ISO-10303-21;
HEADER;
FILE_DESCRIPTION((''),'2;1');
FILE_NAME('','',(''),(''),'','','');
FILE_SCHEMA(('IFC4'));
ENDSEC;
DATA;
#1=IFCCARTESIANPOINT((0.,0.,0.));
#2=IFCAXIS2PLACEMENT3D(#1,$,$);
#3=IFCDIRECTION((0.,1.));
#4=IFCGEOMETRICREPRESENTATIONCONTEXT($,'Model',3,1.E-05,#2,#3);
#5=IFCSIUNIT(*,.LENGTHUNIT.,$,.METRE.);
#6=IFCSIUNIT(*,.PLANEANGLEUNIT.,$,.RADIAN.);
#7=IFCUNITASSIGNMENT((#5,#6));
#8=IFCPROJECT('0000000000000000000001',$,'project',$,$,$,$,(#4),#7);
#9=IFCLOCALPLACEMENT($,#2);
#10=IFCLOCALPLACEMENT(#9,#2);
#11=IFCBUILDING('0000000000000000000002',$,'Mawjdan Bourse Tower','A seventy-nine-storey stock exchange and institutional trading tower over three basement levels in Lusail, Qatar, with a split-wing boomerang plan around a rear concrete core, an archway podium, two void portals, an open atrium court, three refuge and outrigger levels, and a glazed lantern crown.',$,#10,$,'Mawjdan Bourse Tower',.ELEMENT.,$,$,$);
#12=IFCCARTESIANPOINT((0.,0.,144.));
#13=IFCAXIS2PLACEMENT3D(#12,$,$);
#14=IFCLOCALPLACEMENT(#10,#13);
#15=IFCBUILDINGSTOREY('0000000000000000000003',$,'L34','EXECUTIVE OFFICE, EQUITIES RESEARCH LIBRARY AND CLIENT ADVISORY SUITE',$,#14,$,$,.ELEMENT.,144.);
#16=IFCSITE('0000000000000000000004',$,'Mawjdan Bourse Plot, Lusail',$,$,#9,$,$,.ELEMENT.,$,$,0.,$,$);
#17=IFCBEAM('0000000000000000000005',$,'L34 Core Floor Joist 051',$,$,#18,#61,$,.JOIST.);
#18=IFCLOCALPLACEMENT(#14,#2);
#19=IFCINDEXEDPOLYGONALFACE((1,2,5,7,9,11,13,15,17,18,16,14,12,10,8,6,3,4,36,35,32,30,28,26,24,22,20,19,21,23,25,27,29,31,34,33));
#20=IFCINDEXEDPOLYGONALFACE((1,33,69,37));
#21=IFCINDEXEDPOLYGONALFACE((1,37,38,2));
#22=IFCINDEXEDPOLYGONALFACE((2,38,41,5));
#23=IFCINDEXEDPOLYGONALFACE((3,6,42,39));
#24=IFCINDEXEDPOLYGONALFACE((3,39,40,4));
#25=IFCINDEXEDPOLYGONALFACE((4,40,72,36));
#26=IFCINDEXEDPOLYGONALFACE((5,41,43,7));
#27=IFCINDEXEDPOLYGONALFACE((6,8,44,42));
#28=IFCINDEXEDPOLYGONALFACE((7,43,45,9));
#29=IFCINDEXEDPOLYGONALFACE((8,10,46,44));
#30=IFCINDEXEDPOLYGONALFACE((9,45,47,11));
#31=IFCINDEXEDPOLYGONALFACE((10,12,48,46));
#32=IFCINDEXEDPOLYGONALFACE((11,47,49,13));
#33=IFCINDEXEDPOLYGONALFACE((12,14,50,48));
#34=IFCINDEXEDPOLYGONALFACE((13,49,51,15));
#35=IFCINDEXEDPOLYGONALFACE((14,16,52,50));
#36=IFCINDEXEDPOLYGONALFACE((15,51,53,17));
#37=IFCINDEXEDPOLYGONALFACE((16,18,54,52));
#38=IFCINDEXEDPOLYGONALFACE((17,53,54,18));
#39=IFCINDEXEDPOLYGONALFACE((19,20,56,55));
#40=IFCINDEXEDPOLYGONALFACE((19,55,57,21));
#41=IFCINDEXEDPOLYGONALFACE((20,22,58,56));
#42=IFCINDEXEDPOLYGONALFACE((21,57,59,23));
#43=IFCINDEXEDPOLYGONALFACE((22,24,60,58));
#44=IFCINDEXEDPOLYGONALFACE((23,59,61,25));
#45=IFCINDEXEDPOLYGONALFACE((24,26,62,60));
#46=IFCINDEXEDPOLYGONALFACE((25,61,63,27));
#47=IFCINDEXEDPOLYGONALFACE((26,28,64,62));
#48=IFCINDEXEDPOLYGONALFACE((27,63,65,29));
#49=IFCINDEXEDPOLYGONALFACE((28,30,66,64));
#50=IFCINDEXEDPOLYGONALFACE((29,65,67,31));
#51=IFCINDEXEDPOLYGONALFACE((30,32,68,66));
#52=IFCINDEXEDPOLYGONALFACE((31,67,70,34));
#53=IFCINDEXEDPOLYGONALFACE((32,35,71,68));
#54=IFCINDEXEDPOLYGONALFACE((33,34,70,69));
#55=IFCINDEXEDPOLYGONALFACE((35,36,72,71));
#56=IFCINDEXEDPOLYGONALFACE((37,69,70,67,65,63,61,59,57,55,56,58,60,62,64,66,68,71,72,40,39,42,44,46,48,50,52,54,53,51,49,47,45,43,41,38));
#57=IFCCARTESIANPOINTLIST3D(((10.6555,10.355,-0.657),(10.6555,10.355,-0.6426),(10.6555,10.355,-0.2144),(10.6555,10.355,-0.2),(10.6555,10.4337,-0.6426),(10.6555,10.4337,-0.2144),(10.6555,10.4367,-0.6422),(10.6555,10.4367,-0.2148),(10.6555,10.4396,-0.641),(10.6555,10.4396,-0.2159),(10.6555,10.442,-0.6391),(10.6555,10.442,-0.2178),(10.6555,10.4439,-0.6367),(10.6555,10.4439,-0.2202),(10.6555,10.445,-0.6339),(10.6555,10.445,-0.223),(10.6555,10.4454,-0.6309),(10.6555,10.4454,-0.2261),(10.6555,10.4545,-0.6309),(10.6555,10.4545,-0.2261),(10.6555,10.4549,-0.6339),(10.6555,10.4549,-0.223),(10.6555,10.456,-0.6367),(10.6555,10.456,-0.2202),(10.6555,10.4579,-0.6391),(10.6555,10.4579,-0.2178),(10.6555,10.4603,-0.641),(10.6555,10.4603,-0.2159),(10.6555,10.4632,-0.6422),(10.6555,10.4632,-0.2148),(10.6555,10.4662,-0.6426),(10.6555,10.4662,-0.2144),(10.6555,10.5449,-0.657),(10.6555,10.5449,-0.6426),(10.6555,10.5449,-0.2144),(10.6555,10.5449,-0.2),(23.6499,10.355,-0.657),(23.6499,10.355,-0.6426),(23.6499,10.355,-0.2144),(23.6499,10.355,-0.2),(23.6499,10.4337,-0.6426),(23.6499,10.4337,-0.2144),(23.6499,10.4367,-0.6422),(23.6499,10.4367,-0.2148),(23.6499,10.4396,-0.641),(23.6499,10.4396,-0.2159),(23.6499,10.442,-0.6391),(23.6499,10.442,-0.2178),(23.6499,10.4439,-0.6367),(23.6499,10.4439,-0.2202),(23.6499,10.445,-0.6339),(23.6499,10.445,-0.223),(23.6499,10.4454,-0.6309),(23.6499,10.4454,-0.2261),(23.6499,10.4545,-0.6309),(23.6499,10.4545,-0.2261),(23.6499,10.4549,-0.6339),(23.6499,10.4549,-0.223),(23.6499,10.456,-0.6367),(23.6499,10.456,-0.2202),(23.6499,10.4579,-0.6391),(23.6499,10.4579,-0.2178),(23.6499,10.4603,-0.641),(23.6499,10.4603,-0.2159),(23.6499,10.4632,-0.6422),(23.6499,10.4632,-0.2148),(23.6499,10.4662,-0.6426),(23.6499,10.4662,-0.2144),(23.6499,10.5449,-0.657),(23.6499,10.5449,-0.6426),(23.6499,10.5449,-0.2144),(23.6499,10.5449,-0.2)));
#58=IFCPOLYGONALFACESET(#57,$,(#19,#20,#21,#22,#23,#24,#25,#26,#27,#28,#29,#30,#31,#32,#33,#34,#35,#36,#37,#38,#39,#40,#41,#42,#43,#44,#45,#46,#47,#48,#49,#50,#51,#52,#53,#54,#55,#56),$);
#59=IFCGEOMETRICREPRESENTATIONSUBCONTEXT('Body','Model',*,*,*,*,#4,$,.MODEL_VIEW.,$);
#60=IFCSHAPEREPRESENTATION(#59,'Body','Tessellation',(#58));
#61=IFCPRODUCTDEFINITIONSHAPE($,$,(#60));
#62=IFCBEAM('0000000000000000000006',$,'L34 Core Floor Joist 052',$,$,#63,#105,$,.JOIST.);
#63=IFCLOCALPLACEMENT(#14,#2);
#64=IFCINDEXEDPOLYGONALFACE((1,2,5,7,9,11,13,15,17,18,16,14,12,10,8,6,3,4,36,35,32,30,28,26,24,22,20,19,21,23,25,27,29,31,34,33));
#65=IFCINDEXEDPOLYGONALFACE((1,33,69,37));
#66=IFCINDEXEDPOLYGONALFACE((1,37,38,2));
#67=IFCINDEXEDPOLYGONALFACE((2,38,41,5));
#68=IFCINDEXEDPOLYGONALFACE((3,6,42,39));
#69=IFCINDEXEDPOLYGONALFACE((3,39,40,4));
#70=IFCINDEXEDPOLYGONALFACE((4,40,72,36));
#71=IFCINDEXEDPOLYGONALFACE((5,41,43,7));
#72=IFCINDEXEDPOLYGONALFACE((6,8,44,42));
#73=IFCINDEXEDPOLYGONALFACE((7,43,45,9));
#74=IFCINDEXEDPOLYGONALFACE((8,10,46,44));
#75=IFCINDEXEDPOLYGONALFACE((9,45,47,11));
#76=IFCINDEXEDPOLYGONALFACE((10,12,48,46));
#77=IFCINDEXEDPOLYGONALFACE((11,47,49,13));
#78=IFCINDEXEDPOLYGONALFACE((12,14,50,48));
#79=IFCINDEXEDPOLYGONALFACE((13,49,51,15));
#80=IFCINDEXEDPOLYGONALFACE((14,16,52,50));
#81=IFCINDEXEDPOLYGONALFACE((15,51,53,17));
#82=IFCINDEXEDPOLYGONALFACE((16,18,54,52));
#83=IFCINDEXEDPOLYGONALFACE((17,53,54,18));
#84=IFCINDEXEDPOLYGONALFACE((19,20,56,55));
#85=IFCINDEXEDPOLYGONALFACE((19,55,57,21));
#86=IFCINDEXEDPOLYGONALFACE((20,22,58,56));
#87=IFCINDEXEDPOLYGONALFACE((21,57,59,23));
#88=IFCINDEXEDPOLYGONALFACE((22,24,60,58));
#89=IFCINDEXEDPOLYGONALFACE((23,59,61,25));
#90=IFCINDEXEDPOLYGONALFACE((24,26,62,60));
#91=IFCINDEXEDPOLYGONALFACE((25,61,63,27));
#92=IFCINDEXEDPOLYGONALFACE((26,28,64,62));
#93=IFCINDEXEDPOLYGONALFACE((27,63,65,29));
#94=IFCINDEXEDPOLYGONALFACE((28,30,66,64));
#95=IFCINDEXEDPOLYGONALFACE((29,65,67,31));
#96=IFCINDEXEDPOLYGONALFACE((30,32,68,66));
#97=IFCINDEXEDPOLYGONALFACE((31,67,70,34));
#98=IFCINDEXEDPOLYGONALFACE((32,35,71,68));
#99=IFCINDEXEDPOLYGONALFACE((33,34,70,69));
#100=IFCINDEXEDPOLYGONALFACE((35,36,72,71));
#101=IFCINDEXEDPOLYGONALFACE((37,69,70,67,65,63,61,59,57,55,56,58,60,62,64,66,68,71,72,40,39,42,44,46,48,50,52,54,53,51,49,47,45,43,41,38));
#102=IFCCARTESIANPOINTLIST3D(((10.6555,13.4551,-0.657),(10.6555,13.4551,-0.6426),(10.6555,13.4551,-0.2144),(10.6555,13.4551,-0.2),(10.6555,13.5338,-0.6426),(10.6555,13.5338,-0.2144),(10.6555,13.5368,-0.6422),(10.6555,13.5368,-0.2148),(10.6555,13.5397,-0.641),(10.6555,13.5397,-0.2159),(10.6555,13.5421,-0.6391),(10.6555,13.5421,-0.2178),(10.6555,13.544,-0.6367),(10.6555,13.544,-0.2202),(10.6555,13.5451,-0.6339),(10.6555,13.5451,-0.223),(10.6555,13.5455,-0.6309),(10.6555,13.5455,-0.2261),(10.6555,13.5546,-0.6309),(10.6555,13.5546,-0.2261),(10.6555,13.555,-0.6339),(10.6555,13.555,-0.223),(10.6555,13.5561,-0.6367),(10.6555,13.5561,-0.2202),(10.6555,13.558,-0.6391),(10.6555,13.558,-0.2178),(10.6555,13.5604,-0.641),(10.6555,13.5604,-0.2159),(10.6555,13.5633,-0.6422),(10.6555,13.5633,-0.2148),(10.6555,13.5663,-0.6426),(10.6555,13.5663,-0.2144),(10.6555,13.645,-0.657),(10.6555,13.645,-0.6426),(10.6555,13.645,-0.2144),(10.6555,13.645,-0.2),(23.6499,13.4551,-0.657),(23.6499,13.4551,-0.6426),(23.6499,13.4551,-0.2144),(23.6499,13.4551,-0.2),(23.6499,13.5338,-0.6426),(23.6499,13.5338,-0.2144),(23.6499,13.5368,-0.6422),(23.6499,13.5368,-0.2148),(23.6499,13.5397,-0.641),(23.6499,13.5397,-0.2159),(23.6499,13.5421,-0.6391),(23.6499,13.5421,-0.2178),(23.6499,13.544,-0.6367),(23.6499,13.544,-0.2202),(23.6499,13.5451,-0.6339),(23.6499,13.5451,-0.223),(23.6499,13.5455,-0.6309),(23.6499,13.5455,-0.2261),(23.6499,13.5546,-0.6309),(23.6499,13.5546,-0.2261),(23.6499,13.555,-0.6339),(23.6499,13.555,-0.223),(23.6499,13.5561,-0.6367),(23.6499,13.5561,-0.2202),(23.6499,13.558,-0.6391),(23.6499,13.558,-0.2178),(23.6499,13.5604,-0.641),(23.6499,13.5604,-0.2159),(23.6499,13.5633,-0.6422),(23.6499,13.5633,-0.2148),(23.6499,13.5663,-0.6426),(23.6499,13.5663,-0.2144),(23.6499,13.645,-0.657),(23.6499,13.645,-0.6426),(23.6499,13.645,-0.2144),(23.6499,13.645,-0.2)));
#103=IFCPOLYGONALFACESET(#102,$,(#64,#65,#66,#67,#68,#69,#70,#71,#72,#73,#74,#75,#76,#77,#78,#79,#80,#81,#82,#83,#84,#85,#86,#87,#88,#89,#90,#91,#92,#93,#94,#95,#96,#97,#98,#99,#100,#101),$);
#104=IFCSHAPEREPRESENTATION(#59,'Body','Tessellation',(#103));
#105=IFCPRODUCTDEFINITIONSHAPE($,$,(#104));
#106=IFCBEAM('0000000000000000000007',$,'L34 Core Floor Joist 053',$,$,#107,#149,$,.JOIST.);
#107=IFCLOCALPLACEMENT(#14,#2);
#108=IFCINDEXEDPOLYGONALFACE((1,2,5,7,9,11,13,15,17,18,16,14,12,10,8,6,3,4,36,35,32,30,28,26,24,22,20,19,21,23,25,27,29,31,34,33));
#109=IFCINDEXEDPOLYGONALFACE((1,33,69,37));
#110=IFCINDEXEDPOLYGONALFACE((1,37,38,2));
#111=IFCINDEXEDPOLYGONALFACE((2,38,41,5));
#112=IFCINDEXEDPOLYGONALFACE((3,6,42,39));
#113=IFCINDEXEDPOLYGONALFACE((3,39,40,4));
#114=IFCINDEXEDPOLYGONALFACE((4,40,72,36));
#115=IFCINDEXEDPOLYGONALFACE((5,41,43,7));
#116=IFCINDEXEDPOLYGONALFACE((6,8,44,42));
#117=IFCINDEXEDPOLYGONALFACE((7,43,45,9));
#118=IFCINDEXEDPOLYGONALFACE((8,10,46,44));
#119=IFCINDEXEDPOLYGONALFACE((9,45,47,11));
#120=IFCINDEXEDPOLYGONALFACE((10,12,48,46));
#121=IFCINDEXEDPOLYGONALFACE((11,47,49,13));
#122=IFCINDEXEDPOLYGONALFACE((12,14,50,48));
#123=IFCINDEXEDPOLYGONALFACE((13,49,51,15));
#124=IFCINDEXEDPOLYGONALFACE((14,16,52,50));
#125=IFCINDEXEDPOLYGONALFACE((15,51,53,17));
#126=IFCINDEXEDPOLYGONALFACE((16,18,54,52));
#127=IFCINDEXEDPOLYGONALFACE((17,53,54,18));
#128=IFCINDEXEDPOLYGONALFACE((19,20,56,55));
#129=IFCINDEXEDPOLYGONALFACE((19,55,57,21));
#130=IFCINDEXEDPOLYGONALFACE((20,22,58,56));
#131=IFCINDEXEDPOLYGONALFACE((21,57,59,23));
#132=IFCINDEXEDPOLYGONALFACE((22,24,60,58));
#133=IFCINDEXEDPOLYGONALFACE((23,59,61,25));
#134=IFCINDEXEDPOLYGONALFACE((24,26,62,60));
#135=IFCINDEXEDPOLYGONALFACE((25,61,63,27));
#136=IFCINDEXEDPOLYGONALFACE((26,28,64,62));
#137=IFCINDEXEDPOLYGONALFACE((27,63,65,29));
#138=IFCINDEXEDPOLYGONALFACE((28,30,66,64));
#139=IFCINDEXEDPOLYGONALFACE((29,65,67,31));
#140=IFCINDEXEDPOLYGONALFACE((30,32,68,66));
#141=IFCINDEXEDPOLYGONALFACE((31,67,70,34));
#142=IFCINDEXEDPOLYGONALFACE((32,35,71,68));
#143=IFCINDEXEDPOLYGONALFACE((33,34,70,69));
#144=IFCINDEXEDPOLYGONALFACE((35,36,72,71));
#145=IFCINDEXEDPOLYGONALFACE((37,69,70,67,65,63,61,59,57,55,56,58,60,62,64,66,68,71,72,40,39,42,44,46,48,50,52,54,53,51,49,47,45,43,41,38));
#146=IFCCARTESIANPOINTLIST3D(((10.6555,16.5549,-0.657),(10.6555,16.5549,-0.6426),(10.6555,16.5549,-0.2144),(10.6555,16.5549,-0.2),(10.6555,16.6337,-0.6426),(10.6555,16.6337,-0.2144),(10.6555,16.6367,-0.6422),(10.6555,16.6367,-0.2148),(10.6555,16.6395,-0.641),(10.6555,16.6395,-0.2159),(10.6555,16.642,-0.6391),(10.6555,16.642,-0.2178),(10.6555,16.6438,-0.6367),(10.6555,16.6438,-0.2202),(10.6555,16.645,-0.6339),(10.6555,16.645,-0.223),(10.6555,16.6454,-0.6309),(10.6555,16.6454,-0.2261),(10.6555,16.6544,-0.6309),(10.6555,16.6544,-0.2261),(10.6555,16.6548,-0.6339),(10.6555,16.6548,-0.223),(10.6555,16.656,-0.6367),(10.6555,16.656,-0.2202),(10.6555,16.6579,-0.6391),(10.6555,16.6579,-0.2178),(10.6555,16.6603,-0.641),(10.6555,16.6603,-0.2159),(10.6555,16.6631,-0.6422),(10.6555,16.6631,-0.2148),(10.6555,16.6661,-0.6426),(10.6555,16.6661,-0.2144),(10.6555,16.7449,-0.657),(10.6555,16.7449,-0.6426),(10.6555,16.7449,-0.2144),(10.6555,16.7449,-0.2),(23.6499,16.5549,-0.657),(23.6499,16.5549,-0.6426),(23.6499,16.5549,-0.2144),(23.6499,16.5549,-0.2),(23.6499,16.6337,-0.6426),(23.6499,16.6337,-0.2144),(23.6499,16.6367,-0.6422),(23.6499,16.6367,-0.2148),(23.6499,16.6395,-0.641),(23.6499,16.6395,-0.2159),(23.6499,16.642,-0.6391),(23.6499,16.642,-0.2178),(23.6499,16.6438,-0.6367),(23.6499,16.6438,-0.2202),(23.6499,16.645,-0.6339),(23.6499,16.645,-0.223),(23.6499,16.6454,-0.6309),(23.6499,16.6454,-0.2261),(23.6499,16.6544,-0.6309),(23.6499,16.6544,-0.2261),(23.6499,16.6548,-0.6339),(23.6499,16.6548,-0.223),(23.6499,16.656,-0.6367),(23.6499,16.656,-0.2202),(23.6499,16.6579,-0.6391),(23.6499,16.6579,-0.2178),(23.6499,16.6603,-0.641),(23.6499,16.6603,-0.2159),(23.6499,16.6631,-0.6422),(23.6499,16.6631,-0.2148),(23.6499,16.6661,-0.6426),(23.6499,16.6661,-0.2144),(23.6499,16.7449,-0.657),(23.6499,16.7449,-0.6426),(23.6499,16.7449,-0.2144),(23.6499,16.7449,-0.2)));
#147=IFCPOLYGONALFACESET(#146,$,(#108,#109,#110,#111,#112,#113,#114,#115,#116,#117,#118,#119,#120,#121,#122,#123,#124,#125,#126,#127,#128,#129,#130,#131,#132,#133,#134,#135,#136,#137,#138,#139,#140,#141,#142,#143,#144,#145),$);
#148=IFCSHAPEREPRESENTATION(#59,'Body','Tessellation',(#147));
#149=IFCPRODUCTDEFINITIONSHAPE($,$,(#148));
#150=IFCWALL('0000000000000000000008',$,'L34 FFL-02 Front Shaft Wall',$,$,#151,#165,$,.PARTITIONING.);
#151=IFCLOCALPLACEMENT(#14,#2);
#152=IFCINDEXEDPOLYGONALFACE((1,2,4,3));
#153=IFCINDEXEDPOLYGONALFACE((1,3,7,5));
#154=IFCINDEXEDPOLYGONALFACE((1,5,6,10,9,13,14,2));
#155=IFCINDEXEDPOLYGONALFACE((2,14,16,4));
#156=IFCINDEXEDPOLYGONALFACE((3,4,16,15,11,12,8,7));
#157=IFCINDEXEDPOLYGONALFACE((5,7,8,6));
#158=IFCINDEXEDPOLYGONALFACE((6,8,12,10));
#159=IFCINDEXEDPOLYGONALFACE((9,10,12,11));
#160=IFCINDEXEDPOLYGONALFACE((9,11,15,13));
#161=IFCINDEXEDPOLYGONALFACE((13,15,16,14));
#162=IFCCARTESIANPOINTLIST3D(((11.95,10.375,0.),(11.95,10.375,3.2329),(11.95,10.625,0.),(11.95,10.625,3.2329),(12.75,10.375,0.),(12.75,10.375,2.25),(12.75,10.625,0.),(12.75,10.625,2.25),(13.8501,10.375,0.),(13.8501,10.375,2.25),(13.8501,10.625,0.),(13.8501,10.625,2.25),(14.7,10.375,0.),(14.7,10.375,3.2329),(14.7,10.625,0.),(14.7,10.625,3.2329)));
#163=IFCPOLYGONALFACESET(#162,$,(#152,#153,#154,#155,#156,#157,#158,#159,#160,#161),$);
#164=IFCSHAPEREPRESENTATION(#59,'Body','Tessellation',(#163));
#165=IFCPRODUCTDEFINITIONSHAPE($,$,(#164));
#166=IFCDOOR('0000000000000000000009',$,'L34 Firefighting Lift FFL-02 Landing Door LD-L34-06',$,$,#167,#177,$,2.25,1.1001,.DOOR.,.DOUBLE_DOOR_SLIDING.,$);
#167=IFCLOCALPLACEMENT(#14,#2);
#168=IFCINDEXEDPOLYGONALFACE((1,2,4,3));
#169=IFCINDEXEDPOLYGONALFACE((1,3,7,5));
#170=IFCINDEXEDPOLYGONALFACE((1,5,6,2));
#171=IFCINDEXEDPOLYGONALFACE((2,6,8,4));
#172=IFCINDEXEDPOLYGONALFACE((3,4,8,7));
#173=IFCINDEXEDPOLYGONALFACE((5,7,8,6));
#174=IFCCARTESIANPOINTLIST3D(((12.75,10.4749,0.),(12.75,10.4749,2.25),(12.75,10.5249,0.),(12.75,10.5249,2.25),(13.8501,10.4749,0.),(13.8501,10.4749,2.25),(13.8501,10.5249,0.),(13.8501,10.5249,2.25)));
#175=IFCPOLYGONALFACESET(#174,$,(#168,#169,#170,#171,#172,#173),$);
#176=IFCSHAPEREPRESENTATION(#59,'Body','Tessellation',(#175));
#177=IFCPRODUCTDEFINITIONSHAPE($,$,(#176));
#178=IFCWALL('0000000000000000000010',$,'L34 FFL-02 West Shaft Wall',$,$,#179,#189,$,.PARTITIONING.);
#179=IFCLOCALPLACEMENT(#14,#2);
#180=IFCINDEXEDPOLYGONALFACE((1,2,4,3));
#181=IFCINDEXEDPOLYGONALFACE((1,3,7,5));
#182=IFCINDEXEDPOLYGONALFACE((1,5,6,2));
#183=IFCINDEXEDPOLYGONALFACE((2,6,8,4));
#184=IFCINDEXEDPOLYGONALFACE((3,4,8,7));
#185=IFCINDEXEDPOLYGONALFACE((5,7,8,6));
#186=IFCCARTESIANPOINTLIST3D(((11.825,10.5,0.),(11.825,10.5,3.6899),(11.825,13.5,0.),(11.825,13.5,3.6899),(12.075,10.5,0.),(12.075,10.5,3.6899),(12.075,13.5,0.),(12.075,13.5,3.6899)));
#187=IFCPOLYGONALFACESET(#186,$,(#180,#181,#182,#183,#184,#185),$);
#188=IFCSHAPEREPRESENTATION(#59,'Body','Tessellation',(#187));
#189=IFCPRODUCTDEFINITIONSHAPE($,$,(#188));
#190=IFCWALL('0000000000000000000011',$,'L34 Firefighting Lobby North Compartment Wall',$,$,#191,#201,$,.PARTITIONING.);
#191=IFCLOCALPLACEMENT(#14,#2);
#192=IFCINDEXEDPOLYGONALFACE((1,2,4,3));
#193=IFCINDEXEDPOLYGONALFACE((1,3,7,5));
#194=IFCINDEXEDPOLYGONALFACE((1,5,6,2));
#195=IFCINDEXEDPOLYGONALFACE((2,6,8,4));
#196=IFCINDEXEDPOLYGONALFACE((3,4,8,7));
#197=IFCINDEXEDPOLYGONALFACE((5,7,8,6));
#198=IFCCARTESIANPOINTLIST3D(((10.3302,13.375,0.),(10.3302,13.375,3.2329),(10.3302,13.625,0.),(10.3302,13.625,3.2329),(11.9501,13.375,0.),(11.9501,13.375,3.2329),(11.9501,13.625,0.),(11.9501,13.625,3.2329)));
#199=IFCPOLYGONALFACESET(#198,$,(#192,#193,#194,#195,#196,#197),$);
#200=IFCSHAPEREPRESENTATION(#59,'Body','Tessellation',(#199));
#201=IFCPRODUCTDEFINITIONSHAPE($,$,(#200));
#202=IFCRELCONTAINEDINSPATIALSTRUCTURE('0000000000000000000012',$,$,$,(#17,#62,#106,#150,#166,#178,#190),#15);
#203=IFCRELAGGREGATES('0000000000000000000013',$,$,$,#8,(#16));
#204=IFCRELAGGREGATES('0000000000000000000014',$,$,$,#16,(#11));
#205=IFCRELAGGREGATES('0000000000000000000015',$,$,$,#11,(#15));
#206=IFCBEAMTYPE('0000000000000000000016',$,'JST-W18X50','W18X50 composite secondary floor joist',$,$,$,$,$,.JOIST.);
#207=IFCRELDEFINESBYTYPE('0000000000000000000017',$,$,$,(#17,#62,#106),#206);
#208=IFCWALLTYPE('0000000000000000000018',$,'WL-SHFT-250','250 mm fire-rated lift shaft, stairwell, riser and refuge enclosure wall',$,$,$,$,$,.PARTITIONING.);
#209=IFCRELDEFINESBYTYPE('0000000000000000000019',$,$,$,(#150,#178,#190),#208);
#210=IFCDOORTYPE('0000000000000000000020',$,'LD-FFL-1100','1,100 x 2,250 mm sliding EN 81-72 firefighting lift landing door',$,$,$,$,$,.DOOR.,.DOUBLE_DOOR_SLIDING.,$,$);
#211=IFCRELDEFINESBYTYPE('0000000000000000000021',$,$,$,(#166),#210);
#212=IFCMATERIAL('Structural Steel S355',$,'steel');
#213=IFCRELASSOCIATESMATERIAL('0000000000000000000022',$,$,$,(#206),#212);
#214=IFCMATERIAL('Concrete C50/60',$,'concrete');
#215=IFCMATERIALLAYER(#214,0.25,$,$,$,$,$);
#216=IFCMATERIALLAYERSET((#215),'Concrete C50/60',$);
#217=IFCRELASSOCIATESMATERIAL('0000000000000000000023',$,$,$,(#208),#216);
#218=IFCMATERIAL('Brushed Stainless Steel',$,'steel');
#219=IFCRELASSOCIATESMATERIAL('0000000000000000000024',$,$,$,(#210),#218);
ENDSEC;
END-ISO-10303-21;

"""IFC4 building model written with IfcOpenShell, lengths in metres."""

from ifc_helpers import new_model, si_unit, direction, frame, frame_2d, origin, origin_2d, place, context, subcontext, project, spatial, rectangle, i_section, extrude, material, layer, layer_set, material_profile, profile_set, type_object, element, fill, save


model = new_model("IFC4")

# Units and contexts
model_context = context("Model", 3, precision=1e-05, world=origin(), true_north=direction((0.0, 1.0)))
body_context = subcontext(model_context, "Body", "Model", "MODEL_VIEW")
ifc_project = project(units=[si_unit("LENGTHUNIT", "METRE"), si_unit("PLANEANGLEUNIT", "RADIAN")], contexts=[model_context])

# Site, building, storey
site_placement = place(None, origin())
site = spatial("IfcSite", under=ifc_project, at=site_placement, Name="Mawjdan Bourse Plot, Lusail", CompositionType="ELEMENT", RefElevation=0.0)
building_placement = place(site_placement, origin())
building = spatial("IfcBuilding", under=site, at=building_placement, Name="Mawjdan Bourse Tower", Description="A seventy-nine-storey stock exchange and institutional trading tower over three basement levels in Lusail, Qatar, with a split-wing boomerang plan around a rear concrete core, an archway podium, two void portals, an open atrium court, three refuge and outrigger levels, and a glazed lantern crown.", LongName="Mawjdan Bourse Tower", CompositionType="ELEMENT")
storey_placement = place(building_placement, frame((0.0, 0.0, 144.0)))
storey = spatial("IfcBuildingStorey", under=building, at=storey_placement, Name="L34", Description="EXECUTIVE OFFICE, EQUITIES RESEARCH LIBRARY AND CLIENT ADVISORY SUITE", CompositionType="ELEMENT", Elevation=144.0)

# Beams
ifc_material_1 = material(Name="Structural Steel S355", Category="steel")
ifc_material_profile = material_profile(ifc_material_1, i_section(OverallWidth=0.1899, OverallDepth=0.457, WebThickness=0.009, FlangeThickness=0.0144, FilletRadius=0.0117, at=origin_2d()), Name="W18X50")
ifc_profile_set = profile_set([ifc_material_profile], Name="Structural Steel S355")
beam_type = type_object("IfcBeamType", Name="JST-W18X50", Description="W18X50 composite secondary floor joist", PredefinedType="JOIST", material=ifc_profile_set)
for number, where, z_axis, x_axis, name in (
    (1, (10.6555, 10.45, -0.4285), (1.0, 0.0, 0.0), (0.0, 1.0, 0.0), "L34 Core Floor Joist 051"),
    (2, (10.6555, 13.55, -0.4285), (1.0, 0.0, 0.0), (0.0, 1.0, 0.0), "L34 Core Floor Joist 052"),
    (3, (10.6555, 16.6499, -0.4285), (1.0, 0.0, 0.0), (0.0, 1.0, 0.0), "L34 Core Floor Joist 053"),
):
    element("IfcBeam", number, at=place(storey_placement, frame(where, z_axis=z_axis, x_axis=x_axis)), inside=storey, type_object=beam_type, Name=name, PredefinedType="JOIST", context=body_context, shape_type="SweptSolid", body=[
        extrude(i_section(OverallWidth=0.1899, OverallDepth=0.457, WebThickness=0.009, FlangeThickness=0.0144, FilletRadius=0.0117, at=origin_2d()), origin(), (0.0, 0.0, 1.0), 12.9944),
    ])

# Wall, opening, door
ifc_material_2 = material(Name="Concrete C50/60", Category="concrete")
ifc_layer_1 = layer(ifc_material_2, 0.25)
ifc_layer_set_1 = layer_set([ifc_layer_1], Name="Concrete C50/60")
wall_type_1 = type_object("IfcWallType", Name="WL-SHFT-250", Description="250 mm fire-rated lift shaft, stairwell, riser and refuge enclosure wall", PredefinedType="PARTITIONING", material=ifc_layer_set_1)
wall_1_placement = place(storey_placement, frame((11.95, 10.5, 0.0), z_axis=(0.0, 0.0, 1.0), x_axis=(1.0, 0.0, 0.0)))
wall_1 = element("IfcWall", 4, at=wall_1_placement, inside=storey, type_object=wall_type_1, Name="L34 FFL-02 Front Shaft Wall", PredefinedType="PARTITIONING", context=body_context, shape_type="SweptSolid", body=[
    extrude(rectangle(XDim=2.75, YDim=0.25, at=frame_2d((1.375, 0.0))), origin(), (0.0, 0.0, 1.0), 3.2329),
])
opening_1_placement = place(wall_1_placement, frame((0.8, 0.0, 0.0)))
opening_1 = element("IfcOpeningElement", 5, at=opening_1_placement, cuts=wall_1, PredefinedType="OPENING", context=body_context, shape_type="SweptSolid", body=[
    extrude(rectangle(XDim=1.1001, YDim=2.25, at=frame_2d((0.55, 1.125))), frame((0.0, 0.135, 0.0), z_axis=(0.0, -1.0, 0.0), x_axis=(1.0, 0.0, 0.0)), (0.0, 0.0, 1.0), 0.27),
])
ifc_material_3 = material(Name="Brushed Stainless Steel", Category="steel")
door_type_1 = type_object("IfcDoorType", Name="LD-FFL-1100", Description="1,100 x 2,250 mm sliding EN 81-72 firefighting lift landing door", OperationType="DOUBLE_DOOR_SLIDING", PredefinedType="DOOR", material=ifc_material_3)
door_1_placement = place(opening_1_placement, origin())
door_1 = element("IfcDoor", 6, at=door_1_placement, inside=storey, type_object=door_type_1, Name="L34 Firefighting Lift FFL-02 Landing Door LD-L34-06", OperationType="DOUBLE_DOOR_SLIDING", OverallHeight=2.25, OverallWidth=1.1001, PredefinedType="DOOR", context=body_context, shape_type="SweptSolid", body=[
    extrude(rectangle(XDim=1.1001, YDim=2.25, at=frame_2d((0.55, 1.125))), frame((0.0, 0.0249, 0.0), z_axis=(0.0, -1.0, 0.0), x_axis=(1.0, 0.0, 0.0)), (0.0, 0.0, 1.0), 0.05),
])
fill(opening_1, door_1)

# Walls
wall_2_placement = place(storey_placement, frame((11.95, 10.5, 0.0), z_axis=(0.0, 0.0, 1.0), x_axis=(0.0, 1.0, 0.0)))
element("IfcWall", 7, at=wall_2_placement, inside=storey, type_object=wall_type_1, Name="L34 FFL-02 West Shaft Wall", PredefinedType="PARTITIONING", context=body_context, shape_type="SweptSolid", body=[
    extrude(rectangle(XDim=3.0, YDim=0.25, at=frame_2d((1.5, 0.0))), origin(), (0.0, 0.0, 1.0), 3.6899),
])
wall_3_placement = place(storey_placement, frame((10.3301, 13.5, 0.0), z_axis=(0.0, 0.0, 1.0), x_axis=(1.0, 0.0, 0.0)))
element("IfcWall", 8, at=wall_3_placement, inside=storey, type_object=wall_type_1, Name="L34 Firefighting Lobby North Compartment Wall", PredefinedType="PARTITIONING", context=body_context, shape_type="SweptSolid", body=[
    extrude(rectangle(XDim=1.6199, YDim=0.25, at=frame_2d((0.8101, 0.0))), origin(), (0.0, 0.0, 1.0), 3.2329),
])

save(model, "model.ifc")
